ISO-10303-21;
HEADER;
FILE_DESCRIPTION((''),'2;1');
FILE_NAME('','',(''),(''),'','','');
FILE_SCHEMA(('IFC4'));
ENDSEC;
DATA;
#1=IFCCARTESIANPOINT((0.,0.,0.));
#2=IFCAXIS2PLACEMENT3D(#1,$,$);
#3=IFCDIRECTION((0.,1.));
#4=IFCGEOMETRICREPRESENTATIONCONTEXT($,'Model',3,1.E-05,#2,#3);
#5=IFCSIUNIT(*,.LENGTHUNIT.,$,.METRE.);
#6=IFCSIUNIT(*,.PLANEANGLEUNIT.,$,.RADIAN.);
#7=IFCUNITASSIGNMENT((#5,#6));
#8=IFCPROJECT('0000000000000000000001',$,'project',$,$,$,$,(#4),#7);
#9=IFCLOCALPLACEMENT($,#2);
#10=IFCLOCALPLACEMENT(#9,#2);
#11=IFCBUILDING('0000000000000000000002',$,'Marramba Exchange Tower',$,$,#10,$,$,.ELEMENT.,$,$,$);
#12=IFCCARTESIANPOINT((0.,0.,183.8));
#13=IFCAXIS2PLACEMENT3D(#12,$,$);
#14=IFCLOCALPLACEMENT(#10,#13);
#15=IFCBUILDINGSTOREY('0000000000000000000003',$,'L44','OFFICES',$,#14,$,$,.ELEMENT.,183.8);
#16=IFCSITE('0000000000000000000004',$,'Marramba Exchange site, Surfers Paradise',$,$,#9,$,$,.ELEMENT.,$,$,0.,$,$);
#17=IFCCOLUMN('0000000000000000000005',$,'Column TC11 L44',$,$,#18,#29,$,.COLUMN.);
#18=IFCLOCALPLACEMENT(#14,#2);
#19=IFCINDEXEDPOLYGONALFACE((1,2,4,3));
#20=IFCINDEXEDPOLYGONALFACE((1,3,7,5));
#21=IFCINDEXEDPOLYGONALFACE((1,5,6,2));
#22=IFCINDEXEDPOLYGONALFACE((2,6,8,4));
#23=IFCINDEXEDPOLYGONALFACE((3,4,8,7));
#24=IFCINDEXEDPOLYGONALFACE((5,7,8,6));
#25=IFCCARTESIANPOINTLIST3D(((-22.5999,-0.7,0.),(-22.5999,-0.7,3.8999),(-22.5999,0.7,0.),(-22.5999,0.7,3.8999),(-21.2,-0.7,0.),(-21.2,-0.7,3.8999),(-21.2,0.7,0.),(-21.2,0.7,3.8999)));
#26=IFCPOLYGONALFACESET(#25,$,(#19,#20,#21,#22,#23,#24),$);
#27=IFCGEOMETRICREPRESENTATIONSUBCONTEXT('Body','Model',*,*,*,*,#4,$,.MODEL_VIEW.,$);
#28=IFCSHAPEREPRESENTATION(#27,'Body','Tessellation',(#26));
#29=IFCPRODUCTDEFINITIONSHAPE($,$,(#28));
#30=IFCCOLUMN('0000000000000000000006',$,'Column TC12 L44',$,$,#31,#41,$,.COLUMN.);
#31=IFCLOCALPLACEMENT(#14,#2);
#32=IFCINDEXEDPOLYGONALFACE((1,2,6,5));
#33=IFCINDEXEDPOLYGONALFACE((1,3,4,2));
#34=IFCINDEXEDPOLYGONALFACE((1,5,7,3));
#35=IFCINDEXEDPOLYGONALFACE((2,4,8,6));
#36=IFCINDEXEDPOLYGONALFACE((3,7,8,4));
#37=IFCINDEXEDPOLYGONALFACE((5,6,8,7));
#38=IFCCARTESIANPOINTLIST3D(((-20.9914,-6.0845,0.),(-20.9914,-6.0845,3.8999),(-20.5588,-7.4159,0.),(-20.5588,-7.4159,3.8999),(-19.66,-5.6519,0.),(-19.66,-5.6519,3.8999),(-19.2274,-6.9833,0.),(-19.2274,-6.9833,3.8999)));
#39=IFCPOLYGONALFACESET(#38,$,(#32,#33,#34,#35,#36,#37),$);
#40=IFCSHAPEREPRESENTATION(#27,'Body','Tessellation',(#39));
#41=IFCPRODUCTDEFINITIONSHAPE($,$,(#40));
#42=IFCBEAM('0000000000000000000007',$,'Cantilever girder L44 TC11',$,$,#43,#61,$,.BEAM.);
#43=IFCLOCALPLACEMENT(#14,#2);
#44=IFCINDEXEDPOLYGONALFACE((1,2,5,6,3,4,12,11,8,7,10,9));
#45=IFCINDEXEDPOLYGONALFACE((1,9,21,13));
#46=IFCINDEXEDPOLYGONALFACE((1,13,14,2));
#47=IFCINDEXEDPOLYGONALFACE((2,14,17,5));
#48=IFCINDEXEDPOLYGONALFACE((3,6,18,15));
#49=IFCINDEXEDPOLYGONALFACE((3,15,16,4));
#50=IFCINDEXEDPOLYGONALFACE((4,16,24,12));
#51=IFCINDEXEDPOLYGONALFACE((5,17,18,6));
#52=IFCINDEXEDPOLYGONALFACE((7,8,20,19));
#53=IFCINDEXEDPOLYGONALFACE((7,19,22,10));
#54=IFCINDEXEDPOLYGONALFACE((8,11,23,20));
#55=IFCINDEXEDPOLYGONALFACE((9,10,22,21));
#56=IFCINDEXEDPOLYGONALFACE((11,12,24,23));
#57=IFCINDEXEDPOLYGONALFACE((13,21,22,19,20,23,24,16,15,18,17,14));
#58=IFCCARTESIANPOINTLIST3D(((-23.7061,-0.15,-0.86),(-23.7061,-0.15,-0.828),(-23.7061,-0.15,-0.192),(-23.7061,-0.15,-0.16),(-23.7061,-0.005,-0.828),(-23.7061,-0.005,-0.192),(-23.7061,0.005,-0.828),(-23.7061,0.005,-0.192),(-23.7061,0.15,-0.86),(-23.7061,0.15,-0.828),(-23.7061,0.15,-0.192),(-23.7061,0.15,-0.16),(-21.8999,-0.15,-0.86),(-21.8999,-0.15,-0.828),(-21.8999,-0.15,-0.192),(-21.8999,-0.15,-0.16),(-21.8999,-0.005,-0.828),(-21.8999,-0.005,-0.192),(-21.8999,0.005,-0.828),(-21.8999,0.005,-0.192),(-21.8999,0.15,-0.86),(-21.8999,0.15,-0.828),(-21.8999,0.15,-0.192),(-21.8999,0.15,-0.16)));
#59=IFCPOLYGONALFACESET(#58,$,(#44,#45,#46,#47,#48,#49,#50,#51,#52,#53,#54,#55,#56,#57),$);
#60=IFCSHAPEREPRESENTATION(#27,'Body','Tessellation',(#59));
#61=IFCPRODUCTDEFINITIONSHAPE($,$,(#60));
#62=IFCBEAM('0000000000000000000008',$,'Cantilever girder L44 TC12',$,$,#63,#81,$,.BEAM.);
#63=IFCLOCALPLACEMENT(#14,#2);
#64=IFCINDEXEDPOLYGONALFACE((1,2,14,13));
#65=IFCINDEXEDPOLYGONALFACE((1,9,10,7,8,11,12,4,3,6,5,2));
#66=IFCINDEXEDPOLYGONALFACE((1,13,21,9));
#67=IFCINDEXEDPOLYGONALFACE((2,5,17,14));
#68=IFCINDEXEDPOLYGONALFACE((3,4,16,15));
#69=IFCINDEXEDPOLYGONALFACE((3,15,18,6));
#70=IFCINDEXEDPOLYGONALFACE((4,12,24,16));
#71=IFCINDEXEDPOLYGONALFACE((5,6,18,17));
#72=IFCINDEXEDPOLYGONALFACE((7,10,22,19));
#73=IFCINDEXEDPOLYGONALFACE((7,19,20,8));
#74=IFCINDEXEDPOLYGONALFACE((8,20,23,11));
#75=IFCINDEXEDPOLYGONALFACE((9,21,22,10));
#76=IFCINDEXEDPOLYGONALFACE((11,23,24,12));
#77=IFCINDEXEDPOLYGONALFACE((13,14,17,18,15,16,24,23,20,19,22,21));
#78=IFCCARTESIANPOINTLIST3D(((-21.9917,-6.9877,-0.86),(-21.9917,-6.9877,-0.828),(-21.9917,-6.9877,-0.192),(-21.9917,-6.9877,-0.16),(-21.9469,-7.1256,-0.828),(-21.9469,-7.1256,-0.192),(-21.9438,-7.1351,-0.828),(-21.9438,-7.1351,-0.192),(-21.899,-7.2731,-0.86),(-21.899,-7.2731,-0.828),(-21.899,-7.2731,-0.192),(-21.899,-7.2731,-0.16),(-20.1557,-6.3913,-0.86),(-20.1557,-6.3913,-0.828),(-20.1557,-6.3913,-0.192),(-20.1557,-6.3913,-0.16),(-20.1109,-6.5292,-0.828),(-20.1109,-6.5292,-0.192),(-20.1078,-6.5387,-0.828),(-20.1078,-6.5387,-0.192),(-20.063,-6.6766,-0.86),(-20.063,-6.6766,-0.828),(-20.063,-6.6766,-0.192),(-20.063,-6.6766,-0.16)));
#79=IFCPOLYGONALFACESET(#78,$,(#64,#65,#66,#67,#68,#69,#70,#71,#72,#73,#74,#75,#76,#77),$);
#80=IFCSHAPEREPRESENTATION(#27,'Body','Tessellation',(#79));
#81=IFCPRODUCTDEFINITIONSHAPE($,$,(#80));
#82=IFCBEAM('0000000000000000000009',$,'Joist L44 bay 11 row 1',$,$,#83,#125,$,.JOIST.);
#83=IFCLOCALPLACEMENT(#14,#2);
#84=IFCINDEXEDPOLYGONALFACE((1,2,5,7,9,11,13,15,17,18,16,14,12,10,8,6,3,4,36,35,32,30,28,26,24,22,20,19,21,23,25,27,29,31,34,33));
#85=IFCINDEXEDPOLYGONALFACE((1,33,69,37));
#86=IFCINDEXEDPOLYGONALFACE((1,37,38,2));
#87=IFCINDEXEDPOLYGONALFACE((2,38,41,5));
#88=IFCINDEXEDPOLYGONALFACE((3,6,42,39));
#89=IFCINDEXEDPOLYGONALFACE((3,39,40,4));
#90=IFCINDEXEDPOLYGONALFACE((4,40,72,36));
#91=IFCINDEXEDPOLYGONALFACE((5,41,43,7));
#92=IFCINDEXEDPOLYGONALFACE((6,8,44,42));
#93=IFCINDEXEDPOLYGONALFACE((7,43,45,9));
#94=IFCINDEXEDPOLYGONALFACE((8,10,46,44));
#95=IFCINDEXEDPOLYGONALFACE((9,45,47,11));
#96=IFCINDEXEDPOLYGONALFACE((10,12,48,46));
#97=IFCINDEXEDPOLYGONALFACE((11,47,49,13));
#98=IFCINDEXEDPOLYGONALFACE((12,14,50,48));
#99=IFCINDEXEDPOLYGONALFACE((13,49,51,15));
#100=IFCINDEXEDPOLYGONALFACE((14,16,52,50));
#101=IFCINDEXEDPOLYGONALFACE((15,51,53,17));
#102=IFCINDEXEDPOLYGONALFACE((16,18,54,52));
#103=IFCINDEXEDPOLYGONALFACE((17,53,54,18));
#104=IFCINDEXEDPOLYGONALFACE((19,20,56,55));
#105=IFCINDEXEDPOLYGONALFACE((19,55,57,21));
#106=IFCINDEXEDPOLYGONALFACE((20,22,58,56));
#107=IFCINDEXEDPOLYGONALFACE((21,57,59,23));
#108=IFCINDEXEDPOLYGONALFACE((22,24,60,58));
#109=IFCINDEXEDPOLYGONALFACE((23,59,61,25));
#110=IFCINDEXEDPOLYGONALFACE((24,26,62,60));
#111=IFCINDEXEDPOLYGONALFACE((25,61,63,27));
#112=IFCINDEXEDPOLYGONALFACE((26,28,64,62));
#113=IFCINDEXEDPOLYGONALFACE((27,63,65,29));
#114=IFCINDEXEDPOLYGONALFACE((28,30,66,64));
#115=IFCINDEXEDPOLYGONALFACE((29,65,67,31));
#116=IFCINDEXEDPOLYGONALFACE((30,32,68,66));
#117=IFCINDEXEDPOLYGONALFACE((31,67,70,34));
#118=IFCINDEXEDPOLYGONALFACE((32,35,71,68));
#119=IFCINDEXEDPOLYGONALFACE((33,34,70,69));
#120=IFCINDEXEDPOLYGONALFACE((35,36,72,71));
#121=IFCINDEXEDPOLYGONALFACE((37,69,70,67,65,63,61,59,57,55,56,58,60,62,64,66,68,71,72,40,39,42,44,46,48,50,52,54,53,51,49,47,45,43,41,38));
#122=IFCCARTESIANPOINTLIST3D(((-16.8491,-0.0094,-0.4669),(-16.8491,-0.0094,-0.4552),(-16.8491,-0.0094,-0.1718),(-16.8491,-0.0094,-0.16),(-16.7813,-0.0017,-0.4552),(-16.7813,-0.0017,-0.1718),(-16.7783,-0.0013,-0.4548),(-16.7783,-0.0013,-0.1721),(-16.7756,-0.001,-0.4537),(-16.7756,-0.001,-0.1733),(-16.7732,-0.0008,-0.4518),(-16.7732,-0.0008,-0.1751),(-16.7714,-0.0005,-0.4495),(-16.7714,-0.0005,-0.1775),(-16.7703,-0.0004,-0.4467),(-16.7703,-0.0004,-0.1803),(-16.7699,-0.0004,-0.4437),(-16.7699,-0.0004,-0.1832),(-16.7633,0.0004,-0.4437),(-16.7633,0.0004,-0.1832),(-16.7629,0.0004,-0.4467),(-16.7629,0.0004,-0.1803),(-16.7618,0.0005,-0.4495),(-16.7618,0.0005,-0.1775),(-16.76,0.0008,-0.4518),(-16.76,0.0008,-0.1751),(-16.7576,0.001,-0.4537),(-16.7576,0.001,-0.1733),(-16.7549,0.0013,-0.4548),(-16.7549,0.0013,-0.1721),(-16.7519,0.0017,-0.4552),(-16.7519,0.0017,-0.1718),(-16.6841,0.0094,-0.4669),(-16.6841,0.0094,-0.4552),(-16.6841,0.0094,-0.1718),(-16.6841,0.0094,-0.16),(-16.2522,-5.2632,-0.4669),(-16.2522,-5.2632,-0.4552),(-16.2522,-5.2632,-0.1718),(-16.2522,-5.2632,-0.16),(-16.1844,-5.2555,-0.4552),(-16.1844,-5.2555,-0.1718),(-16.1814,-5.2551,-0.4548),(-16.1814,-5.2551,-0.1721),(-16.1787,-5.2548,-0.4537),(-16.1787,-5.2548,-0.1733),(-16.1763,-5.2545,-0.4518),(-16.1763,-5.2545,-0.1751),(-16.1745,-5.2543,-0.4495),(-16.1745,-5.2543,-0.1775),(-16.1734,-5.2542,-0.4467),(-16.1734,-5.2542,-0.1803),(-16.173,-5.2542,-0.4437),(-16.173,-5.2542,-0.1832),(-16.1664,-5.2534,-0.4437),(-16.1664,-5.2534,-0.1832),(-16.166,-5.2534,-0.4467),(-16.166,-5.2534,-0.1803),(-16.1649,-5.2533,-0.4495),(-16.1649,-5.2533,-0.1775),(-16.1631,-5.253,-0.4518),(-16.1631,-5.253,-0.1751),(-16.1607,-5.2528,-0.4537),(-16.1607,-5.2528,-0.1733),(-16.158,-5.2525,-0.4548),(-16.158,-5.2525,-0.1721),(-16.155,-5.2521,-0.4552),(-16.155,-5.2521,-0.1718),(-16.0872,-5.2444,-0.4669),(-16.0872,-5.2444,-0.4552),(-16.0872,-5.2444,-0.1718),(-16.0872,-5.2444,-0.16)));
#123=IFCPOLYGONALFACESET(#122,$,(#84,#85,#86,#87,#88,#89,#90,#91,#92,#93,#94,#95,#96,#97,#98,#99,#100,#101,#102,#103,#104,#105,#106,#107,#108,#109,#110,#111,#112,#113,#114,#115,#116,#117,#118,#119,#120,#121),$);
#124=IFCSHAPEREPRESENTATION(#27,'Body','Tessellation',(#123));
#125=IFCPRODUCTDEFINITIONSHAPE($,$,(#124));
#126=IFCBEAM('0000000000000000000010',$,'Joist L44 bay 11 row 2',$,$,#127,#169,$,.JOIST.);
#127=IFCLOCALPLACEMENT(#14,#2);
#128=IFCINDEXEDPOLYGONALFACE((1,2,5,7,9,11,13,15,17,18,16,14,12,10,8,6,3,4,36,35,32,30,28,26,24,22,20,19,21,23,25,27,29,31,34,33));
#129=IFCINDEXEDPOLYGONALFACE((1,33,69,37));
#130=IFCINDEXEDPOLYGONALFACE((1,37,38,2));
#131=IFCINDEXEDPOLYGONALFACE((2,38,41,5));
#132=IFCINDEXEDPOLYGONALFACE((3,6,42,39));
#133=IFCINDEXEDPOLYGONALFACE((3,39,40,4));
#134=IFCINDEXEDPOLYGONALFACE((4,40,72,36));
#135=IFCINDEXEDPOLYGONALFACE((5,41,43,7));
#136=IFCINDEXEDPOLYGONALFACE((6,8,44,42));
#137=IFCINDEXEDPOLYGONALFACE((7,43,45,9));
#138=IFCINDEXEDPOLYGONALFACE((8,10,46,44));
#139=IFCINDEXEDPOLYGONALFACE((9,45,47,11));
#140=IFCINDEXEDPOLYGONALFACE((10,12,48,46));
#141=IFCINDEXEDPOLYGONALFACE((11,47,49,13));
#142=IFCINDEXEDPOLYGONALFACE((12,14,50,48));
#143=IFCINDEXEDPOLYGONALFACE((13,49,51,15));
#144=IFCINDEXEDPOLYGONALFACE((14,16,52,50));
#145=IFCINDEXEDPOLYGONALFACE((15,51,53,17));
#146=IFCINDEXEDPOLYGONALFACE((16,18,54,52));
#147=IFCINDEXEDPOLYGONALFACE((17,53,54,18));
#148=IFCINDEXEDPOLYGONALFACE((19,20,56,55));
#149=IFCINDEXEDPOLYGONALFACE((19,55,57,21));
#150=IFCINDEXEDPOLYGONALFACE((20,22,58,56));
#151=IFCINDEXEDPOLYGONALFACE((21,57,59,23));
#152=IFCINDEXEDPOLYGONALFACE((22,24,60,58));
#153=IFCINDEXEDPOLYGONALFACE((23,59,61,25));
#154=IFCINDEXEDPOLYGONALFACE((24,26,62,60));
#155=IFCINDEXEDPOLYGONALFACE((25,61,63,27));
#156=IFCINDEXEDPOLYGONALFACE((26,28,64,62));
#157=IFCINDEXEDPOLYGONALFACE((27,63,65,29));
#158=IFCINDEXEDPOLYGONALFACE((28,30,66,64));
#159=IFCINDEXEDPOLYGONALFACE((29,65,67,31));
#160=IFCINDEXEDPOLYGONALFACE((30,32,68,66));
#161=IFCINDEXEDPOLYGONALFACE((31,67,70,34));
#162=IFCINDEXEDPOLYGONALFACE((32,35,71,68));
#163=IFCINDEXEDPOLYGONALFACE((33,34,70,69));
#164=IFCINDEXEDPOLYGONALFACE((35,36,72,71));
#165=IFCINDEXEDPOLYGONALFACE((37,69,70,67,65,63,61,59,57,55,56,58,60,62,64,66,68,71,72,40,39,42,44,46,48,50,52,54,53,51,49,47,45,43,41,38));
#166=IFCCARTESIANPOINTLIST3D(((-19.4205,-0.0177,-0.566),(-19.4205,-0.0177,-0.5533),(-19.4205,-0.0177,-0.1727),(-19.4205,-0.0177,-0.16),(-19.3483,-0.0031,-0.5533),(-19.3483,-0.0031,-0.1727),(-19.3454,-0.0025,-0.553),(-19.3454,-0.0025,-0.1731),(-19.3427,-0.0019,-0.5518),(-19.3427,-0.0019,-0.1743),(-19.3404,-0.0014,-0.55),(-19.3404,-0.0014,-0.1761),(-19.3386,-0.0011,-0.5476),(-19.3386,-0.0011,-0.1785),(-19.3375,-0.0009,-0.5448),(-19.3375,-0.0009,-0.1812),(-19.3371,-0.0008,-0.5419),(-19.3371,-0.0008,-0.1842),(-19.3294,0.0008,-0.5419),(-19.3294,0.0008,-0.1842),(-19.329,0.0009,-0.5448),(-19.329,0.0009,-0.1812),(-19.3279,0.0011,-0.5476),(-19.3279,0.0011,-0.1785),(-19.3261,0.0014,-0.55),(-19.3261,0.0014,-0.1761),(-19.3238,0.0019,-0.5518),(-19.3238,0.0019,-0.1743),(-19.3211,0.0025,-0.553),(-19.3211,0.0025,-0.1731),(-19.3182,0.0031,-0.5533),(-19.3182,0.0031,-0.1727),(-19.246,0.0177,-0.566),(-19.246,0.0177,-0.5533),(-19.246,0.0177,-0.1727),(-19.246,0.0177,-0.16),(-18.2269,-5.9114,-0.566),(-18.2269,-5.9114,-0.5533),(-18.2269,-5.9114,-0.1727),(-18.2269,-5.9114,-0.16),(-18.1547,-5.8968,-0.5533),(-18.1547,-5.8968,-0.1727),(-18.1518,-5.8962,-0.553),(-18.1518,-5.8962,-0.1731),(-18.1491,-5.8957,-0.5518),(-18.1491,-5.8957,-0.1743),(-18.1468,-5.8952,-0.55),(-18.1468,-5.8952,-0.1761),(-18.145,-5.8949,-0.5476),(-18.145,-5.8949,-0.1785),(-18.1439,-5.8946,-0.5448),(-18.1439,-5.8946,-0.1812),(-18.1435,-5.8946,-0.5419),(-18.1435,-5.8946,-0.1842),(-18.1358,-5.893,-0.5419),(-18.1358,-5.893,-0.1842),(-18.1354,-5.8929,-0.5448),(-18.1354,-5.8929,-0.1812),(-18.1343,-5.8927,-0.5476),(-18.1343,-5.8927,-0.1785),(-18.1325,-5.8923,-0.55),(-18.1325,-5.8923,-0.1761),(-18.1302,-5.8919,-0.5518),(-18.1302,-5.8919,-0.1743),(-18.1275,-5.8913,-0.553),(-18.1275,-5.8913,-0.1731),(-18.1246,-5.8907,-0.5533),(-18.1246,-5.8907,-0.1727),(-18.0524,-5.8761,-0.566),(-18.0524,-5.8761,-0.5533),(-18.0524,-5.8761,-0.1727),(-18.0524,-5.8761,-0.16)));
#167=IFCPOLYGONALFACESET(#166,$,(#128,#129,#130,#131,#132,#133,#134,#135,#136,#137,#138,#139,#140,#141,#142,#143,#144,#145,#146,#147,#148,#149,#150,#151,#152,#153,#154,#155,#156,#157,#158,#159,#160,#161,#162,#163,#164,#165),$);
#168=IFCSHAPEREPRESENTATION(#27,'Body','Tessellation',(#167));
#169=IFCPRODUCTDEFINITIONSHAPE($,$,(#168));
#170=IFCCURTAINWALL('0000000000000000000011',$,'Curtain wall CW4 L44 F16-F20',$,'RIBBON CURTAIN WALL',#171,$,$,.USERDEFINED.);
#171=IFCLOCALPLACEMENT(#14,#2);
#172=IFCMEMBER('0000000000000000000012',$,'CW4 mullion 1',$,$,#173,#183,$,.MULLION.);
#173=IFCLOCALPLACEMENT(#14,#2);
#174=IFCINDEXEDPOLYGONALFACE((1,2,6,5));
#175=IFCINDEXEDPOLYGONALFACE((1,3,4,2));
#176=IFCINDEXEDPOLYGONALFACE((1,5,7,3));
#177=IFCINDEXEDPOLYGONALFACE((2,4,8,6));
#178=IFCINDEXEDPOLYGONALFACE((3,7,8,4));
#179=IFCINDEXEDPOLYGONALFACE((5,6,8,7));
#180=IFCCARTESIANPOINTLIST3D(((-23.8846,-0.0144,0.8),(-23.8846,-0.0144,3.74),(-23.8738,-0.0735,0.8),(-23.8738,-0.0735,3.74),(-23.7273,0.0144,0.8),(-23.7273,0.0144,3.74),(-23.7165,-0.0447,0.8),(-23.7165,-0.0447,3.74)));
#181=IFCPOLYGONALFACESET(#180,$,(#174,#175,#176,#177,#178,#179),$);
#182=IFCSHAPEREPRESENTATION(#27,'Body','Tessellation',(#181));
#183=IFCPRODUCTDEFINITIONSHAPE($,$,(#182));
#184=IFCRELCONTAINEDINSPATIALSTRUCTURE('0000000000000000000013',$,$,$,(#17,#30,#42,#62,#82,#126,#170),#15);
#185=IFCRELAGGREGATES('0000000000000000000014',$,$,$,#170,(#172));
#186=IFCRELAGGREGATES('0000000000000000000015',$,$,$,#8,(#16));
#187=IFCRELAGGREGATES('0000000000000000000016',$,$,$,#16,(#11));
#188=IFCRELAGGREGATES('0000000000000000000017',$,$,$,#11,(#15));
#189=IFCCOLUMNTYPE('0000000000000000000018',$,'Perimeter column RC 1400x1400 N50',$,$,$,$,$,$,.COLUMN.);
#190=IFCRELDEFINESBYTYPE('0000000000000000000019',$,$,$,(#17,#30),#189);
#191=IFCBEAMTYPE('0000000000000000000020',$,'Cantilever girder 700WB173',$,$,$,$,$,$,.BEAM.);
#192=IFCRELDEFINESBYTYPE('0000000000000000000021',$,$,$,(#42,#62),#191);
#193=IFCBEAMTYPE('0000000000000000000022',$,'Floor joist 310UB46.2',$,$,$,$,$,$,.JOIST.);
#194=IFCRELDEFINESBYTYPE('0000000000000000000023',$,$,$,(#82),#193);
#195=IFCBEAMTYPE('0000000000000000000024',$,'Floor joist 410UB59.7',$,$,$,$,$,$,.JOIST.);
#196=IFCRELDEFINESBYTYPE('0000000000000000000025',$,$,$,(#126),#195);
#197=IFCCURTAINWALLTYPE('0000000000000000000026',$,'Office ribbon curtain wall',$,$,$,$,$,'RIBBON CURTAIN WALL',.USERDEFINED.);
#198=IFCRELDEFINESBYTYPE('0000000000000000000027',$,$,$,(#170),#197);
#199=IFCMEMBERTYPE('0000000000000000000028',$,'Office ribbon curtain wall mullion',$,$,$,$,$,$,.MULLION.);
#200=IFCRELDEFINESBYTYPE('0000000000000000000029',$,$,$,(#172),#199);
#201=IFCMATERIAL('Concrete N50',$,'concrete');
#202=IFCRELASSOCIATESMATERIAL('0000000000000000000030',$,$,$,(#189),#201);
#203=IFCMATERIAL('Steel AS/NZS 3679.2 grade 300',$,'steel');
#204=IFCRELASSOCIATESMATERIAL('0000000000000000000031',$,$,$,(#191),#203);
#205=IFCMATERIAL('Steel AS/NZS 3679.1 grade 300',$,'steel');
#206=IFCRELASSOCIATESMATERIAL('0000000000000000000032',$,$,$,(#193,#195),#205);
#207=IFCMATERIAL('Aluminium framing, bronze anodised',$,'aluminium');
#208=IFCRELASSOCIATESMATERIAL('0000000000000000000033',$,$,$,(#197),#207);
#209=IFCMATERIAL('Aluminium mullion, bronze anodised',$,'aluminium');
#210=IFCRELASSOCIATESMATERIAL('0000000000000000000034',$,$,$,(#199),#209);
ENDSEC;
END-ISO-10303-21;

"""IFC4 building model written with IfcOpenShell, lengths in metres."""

from ifc_helpers import new_model, si_unit, direction, frame, origin, origin_2d, place, context, subcontext, project, spatial, rectangle, i_section, extrude, material, material_profile, profile_set, type_object, element, aggregate, save


model = new_model("IFC4")

# Units and contexts
model_context = context("Model", 3, precision=1e-05, world=origin(), true_north=direction((0.0, 1.0)))
body_context = subcontext(model_context, "Body", "Model", "MODEL_VIEW")
ifc_project = project(units=[si_unit("LENGTHUNIT", "METRE"), si_unit("PLANEANGLEUNIT", "RADIAN")], contexts=[model_context])

# Site, building, storey
site_placement = place(None, origin())
site = spatial("IfcSite", under=ifc_project, at=site_placement, Name="Marramba Exchange site, Surfers Paradise", CompositionType="ELEMENT", RefElevation=0.0)
building_placement = place(site_placement, origin())
building = spatial("IfcBuilding", under=site, at=building_placement, Name="Marramba Exchange Tower", CompositionType="ELEMENT")
storey_placement = place(building_placement, frame((0.0, 0.0, 183.8)))
storey = spatial("IfcBuildingStorey", under=building, at=storey_placement, Name="L44", Description="OFFICES", CompositionType="ELEMENT", Elevation=183.8)

# Columns
ifc_material_1 = material(Name="Concrete N50", Category="concrete")
ifc_material_profile_1 = material_profile(ifc_material_1, rectangle(XDim=1.3999, YDim=1.3999, at=origin_2d()), Name="RC 1400x1400")
ifc_profile_set_1 = profile_set([ifc_material_profile_1], Name="Concrete N50")
column_type = type_object("IfcColumnType", Name="Perimeter column RC 1400x1400 N50", PredefinedType="COLUMN", material=ifc_profile_set_1)
for number, where, z_axis, x_axis, name in (
    (1, (-21.8999, 0.0, 0.0), (0.0, 0.0, 1.0), (-1.0, 0.0, 0.0), "Column TC11 L44"),
    (2, (-20.1094, -6.5339, 0.0), (0.0, 0.0, 1.0), (-0.951057, -0.309017, 0.0), "Column TC12 L44"),
):
    element("IfcColumn", number, at=place(storey_placement, frame(where, z_axis=z_axis, x_axis=x_axis)), inside=storey, type_object=column_type, Name=name, PredefinedType="COLUMN", context=body_context, shape_type="SweptSolid", body=[
        extrude(rectangle(XDim=1.3999, YDim=1.3999, at=origin_2d()), origin(), (0.0, 0.0, 1.0), 3.8999),
    ])

# Beams
ifc_material_2 = material(Name="Steel AS/NZS 3679.2 grade 300", Category="steel")
ifc_material_profile_2 = material_profile(ifc_material_2, i_section(OverallWidth=0.3, OverallDepth=0.7, WebThickness=0.01, FlangeThickness=0.032, at=origin_2d()), Name="700WB173")
ifc_profile_set_2 = profile_set([ifc_material_profile_2], Name="Steel AS/NZS 3679.2 grade 300")
beam_type_1 = type_object("IfcBeamType", Name="Cantilever girder 700WB173", PredefinedType="BEAM", material=ifc_profile_set_2)
beam_1_placement = place(storey_placement, frame((-21.8999, 0.0, -0.51), z_axis=(-1.0, 0.0, 0.0), x_axis=(0.0, -1.0, 0.0)))
element("IfcBeam", 3, at=beam_1_placement, inside=storey, type_object=beam_type_1, Name="Cantilever girder L44 TC11", PredefinedType="BEAM", context=body_context, shape_type="SweptSolid", body=[
    extrude(i_section(OverallWidth=0.3, OverallDepth=0.7, WebThickness=0.01, FlangeThickness=0.032, at=origin_2d()), origin(), (0.0, 0.0, 1.0), 1.8062),
])
beam_2_placement = place(storey_placement, frame((-20.1094, -6.5339, -0.51), z_axis=(-0.951071, -0.308972, 0.0), x_axis=(0.308972, -0.951071, 0.0)))
element("IfcBeam", 4, at=beam_2_placement, inside=storey, type_object=beam_type_1, Name="Cantilever girder L44 TC12", PredefinedType="BEAM", context=body_context, shape_type="SweptSolid", body=[
    extrude(i_section(OverallWidth=0.3, OverallDepth=0.7, WebThickness=0.01, FlangeThickness=0.032, at=origin_2d()), origin(), (0.0, 0.0, 1.0), 1.9304),
])
ifc_material_3 = material(Name="Steel AS/NZS 3679.1 grade 300", Category="steel")
ifc_material_profile_3 = material_profile(ifc_material_3, i_section(OverallWidth=0.166, OverallDepth=0.3069, WebThickness=0.0066, FlangeThickness=0.0117, FilletRadius=0.0115, at=origin_2d()), Name="310UB46.2")
ifc_profile_set_3 = profile_set([ifc_material_profile_3], Name="Steel AS/NZS 3679.1 grade 300")
beam_type_2 = type_object("IfcBeamType", Name="Floor joist 310UB46.2", PredefinedType="JOIST", material=ifc_profile_set_3)
beam_3_placement = place(storey_placement, frame((-16.7666, 0.0, -0.3135), z_axis=(0.112889, -0.993608, 0.0), x_axis=(0.993608, 0.112889, 0.0)))
element("IfcBeam", 5, at=beam_3_placement, inside=storey, type_object=beam_type_2, Name="Joist L44 bay 11 row 1", PredefinedType="JOIST", context=body_context, shape_type="SweptSolid", body=[
    extrude(i_section(OverallWidth=0.166, OverallDepth=0.3069, WebThickness=0.0066, FlangeThickness=0.0117, FilletRadius=0.0115, at=origin_2d()), origin(), (0.0, 0.0, 1.0), 5.2876),
])
ifc_material_profile_4 = material_profile(ifc_material_3, i_section(OverallWidth=0.178, OverallDepth=0.406, WebThickness=0.0078, FlangeThickness=0.0127, FilletRadius=0.0115, at=origin_2d()), Name="410UB59.7")
ifc_profile_set_4 = profile_set([ifc_material_profile_4], Name="Steel AS/NZS 3679.1 grade 300")
beam_type_3 = type_object("IfcBeamType", Name="Floor joist 410UB59.7", PredefinedType="JOIST", material=ifc_profile_set_4)
beam_4_placement = place(storey_placement, frame((-19.3333, 0.0, -0.363), z_axis=(0.198489, -0.980103, 0.0), x_axis=(0.980103, 0.198489, 0.0)))
element("IfcBeam", 6, at=beam_4_placement, inside=storey, type_object=beam_type_3, Name="Joist L44 bay 11 row 2", PredefinedType="JOIST", context=body_context, shape_type="SweptSolid", body=[
    extrude(i_section(OverallWidth=0.178, OverallDepth=0.406, WebThickness=0.0078, FlangeThickness=0.0127, FilletRadius=0.0115, at=origin_2d()), origin(), (0.0, 0.0, 1.0), 6.0134),
])

# Curtain wall, member
ifc_material_4 = material(Name="Aluminium framing, bronze anodised", Category="aluminium")
curtain_wall_type = type_object("IfcCurtainWallType", Name="Office ribbon curtain wall", ElementType="RIBBON CURTAIN WALL", PredefinedType="USERDEFINED", material=ifc_material_4)
curtain_wall_placement = place(storey_placement, origin())
curtain_wall = element("IfcCurtainWall", 7, at=curtain_wall_placement, inside=storey, type_object=curtain_wall_type, Name="Curtain wall CW4 L44 F16-F20", ObjectType="RIBBON CURTAIN WALL", PredefinedType="USERDEFINED")
ifc_material_5 = material(Name="Aluminium mullion, bronze anodised", Category="aluminium")
ifc_material_profile_5 = material_profile(ifc_material_5, rectangle(XDim=0.1599, YDim=0.0601, at=origin_2d()), Name="CW4 mullion 60x160")
ifc_profile_set_5 = profile_set([ifc_material_profile_5], Name="Aluminium mullion, bronze anodised")
member_type_1 = type_object("IfcMemberType", Name="Office ribbon curtain wall mullion", PredefinedType="MULLION", material=ifc_profile_set_5)
member_1_placement = place(storey_placement, frame((-23.8005, -0.0295, 0.8), z_axis=(0.0, 0.0, 1.0), x_axis=(0.983607, 0.180327, 0.0)))
member_1 = element("IfcMember", 8, at=member_1_placement, type_object=member_type_1, Name="CW4 mullion 1", PredefinedType="MULLION", context=body_context, shape_type="SweptSolid", body=[
    extrude(rectangle(XDim=0.1599, YDim=0.0601, at=origin_2d()), origin(), (0.0, 0.0, 1.0), 2.9399),
])

aggregate(curtain_wall, [member_1])

save(model, "model.ifc")
